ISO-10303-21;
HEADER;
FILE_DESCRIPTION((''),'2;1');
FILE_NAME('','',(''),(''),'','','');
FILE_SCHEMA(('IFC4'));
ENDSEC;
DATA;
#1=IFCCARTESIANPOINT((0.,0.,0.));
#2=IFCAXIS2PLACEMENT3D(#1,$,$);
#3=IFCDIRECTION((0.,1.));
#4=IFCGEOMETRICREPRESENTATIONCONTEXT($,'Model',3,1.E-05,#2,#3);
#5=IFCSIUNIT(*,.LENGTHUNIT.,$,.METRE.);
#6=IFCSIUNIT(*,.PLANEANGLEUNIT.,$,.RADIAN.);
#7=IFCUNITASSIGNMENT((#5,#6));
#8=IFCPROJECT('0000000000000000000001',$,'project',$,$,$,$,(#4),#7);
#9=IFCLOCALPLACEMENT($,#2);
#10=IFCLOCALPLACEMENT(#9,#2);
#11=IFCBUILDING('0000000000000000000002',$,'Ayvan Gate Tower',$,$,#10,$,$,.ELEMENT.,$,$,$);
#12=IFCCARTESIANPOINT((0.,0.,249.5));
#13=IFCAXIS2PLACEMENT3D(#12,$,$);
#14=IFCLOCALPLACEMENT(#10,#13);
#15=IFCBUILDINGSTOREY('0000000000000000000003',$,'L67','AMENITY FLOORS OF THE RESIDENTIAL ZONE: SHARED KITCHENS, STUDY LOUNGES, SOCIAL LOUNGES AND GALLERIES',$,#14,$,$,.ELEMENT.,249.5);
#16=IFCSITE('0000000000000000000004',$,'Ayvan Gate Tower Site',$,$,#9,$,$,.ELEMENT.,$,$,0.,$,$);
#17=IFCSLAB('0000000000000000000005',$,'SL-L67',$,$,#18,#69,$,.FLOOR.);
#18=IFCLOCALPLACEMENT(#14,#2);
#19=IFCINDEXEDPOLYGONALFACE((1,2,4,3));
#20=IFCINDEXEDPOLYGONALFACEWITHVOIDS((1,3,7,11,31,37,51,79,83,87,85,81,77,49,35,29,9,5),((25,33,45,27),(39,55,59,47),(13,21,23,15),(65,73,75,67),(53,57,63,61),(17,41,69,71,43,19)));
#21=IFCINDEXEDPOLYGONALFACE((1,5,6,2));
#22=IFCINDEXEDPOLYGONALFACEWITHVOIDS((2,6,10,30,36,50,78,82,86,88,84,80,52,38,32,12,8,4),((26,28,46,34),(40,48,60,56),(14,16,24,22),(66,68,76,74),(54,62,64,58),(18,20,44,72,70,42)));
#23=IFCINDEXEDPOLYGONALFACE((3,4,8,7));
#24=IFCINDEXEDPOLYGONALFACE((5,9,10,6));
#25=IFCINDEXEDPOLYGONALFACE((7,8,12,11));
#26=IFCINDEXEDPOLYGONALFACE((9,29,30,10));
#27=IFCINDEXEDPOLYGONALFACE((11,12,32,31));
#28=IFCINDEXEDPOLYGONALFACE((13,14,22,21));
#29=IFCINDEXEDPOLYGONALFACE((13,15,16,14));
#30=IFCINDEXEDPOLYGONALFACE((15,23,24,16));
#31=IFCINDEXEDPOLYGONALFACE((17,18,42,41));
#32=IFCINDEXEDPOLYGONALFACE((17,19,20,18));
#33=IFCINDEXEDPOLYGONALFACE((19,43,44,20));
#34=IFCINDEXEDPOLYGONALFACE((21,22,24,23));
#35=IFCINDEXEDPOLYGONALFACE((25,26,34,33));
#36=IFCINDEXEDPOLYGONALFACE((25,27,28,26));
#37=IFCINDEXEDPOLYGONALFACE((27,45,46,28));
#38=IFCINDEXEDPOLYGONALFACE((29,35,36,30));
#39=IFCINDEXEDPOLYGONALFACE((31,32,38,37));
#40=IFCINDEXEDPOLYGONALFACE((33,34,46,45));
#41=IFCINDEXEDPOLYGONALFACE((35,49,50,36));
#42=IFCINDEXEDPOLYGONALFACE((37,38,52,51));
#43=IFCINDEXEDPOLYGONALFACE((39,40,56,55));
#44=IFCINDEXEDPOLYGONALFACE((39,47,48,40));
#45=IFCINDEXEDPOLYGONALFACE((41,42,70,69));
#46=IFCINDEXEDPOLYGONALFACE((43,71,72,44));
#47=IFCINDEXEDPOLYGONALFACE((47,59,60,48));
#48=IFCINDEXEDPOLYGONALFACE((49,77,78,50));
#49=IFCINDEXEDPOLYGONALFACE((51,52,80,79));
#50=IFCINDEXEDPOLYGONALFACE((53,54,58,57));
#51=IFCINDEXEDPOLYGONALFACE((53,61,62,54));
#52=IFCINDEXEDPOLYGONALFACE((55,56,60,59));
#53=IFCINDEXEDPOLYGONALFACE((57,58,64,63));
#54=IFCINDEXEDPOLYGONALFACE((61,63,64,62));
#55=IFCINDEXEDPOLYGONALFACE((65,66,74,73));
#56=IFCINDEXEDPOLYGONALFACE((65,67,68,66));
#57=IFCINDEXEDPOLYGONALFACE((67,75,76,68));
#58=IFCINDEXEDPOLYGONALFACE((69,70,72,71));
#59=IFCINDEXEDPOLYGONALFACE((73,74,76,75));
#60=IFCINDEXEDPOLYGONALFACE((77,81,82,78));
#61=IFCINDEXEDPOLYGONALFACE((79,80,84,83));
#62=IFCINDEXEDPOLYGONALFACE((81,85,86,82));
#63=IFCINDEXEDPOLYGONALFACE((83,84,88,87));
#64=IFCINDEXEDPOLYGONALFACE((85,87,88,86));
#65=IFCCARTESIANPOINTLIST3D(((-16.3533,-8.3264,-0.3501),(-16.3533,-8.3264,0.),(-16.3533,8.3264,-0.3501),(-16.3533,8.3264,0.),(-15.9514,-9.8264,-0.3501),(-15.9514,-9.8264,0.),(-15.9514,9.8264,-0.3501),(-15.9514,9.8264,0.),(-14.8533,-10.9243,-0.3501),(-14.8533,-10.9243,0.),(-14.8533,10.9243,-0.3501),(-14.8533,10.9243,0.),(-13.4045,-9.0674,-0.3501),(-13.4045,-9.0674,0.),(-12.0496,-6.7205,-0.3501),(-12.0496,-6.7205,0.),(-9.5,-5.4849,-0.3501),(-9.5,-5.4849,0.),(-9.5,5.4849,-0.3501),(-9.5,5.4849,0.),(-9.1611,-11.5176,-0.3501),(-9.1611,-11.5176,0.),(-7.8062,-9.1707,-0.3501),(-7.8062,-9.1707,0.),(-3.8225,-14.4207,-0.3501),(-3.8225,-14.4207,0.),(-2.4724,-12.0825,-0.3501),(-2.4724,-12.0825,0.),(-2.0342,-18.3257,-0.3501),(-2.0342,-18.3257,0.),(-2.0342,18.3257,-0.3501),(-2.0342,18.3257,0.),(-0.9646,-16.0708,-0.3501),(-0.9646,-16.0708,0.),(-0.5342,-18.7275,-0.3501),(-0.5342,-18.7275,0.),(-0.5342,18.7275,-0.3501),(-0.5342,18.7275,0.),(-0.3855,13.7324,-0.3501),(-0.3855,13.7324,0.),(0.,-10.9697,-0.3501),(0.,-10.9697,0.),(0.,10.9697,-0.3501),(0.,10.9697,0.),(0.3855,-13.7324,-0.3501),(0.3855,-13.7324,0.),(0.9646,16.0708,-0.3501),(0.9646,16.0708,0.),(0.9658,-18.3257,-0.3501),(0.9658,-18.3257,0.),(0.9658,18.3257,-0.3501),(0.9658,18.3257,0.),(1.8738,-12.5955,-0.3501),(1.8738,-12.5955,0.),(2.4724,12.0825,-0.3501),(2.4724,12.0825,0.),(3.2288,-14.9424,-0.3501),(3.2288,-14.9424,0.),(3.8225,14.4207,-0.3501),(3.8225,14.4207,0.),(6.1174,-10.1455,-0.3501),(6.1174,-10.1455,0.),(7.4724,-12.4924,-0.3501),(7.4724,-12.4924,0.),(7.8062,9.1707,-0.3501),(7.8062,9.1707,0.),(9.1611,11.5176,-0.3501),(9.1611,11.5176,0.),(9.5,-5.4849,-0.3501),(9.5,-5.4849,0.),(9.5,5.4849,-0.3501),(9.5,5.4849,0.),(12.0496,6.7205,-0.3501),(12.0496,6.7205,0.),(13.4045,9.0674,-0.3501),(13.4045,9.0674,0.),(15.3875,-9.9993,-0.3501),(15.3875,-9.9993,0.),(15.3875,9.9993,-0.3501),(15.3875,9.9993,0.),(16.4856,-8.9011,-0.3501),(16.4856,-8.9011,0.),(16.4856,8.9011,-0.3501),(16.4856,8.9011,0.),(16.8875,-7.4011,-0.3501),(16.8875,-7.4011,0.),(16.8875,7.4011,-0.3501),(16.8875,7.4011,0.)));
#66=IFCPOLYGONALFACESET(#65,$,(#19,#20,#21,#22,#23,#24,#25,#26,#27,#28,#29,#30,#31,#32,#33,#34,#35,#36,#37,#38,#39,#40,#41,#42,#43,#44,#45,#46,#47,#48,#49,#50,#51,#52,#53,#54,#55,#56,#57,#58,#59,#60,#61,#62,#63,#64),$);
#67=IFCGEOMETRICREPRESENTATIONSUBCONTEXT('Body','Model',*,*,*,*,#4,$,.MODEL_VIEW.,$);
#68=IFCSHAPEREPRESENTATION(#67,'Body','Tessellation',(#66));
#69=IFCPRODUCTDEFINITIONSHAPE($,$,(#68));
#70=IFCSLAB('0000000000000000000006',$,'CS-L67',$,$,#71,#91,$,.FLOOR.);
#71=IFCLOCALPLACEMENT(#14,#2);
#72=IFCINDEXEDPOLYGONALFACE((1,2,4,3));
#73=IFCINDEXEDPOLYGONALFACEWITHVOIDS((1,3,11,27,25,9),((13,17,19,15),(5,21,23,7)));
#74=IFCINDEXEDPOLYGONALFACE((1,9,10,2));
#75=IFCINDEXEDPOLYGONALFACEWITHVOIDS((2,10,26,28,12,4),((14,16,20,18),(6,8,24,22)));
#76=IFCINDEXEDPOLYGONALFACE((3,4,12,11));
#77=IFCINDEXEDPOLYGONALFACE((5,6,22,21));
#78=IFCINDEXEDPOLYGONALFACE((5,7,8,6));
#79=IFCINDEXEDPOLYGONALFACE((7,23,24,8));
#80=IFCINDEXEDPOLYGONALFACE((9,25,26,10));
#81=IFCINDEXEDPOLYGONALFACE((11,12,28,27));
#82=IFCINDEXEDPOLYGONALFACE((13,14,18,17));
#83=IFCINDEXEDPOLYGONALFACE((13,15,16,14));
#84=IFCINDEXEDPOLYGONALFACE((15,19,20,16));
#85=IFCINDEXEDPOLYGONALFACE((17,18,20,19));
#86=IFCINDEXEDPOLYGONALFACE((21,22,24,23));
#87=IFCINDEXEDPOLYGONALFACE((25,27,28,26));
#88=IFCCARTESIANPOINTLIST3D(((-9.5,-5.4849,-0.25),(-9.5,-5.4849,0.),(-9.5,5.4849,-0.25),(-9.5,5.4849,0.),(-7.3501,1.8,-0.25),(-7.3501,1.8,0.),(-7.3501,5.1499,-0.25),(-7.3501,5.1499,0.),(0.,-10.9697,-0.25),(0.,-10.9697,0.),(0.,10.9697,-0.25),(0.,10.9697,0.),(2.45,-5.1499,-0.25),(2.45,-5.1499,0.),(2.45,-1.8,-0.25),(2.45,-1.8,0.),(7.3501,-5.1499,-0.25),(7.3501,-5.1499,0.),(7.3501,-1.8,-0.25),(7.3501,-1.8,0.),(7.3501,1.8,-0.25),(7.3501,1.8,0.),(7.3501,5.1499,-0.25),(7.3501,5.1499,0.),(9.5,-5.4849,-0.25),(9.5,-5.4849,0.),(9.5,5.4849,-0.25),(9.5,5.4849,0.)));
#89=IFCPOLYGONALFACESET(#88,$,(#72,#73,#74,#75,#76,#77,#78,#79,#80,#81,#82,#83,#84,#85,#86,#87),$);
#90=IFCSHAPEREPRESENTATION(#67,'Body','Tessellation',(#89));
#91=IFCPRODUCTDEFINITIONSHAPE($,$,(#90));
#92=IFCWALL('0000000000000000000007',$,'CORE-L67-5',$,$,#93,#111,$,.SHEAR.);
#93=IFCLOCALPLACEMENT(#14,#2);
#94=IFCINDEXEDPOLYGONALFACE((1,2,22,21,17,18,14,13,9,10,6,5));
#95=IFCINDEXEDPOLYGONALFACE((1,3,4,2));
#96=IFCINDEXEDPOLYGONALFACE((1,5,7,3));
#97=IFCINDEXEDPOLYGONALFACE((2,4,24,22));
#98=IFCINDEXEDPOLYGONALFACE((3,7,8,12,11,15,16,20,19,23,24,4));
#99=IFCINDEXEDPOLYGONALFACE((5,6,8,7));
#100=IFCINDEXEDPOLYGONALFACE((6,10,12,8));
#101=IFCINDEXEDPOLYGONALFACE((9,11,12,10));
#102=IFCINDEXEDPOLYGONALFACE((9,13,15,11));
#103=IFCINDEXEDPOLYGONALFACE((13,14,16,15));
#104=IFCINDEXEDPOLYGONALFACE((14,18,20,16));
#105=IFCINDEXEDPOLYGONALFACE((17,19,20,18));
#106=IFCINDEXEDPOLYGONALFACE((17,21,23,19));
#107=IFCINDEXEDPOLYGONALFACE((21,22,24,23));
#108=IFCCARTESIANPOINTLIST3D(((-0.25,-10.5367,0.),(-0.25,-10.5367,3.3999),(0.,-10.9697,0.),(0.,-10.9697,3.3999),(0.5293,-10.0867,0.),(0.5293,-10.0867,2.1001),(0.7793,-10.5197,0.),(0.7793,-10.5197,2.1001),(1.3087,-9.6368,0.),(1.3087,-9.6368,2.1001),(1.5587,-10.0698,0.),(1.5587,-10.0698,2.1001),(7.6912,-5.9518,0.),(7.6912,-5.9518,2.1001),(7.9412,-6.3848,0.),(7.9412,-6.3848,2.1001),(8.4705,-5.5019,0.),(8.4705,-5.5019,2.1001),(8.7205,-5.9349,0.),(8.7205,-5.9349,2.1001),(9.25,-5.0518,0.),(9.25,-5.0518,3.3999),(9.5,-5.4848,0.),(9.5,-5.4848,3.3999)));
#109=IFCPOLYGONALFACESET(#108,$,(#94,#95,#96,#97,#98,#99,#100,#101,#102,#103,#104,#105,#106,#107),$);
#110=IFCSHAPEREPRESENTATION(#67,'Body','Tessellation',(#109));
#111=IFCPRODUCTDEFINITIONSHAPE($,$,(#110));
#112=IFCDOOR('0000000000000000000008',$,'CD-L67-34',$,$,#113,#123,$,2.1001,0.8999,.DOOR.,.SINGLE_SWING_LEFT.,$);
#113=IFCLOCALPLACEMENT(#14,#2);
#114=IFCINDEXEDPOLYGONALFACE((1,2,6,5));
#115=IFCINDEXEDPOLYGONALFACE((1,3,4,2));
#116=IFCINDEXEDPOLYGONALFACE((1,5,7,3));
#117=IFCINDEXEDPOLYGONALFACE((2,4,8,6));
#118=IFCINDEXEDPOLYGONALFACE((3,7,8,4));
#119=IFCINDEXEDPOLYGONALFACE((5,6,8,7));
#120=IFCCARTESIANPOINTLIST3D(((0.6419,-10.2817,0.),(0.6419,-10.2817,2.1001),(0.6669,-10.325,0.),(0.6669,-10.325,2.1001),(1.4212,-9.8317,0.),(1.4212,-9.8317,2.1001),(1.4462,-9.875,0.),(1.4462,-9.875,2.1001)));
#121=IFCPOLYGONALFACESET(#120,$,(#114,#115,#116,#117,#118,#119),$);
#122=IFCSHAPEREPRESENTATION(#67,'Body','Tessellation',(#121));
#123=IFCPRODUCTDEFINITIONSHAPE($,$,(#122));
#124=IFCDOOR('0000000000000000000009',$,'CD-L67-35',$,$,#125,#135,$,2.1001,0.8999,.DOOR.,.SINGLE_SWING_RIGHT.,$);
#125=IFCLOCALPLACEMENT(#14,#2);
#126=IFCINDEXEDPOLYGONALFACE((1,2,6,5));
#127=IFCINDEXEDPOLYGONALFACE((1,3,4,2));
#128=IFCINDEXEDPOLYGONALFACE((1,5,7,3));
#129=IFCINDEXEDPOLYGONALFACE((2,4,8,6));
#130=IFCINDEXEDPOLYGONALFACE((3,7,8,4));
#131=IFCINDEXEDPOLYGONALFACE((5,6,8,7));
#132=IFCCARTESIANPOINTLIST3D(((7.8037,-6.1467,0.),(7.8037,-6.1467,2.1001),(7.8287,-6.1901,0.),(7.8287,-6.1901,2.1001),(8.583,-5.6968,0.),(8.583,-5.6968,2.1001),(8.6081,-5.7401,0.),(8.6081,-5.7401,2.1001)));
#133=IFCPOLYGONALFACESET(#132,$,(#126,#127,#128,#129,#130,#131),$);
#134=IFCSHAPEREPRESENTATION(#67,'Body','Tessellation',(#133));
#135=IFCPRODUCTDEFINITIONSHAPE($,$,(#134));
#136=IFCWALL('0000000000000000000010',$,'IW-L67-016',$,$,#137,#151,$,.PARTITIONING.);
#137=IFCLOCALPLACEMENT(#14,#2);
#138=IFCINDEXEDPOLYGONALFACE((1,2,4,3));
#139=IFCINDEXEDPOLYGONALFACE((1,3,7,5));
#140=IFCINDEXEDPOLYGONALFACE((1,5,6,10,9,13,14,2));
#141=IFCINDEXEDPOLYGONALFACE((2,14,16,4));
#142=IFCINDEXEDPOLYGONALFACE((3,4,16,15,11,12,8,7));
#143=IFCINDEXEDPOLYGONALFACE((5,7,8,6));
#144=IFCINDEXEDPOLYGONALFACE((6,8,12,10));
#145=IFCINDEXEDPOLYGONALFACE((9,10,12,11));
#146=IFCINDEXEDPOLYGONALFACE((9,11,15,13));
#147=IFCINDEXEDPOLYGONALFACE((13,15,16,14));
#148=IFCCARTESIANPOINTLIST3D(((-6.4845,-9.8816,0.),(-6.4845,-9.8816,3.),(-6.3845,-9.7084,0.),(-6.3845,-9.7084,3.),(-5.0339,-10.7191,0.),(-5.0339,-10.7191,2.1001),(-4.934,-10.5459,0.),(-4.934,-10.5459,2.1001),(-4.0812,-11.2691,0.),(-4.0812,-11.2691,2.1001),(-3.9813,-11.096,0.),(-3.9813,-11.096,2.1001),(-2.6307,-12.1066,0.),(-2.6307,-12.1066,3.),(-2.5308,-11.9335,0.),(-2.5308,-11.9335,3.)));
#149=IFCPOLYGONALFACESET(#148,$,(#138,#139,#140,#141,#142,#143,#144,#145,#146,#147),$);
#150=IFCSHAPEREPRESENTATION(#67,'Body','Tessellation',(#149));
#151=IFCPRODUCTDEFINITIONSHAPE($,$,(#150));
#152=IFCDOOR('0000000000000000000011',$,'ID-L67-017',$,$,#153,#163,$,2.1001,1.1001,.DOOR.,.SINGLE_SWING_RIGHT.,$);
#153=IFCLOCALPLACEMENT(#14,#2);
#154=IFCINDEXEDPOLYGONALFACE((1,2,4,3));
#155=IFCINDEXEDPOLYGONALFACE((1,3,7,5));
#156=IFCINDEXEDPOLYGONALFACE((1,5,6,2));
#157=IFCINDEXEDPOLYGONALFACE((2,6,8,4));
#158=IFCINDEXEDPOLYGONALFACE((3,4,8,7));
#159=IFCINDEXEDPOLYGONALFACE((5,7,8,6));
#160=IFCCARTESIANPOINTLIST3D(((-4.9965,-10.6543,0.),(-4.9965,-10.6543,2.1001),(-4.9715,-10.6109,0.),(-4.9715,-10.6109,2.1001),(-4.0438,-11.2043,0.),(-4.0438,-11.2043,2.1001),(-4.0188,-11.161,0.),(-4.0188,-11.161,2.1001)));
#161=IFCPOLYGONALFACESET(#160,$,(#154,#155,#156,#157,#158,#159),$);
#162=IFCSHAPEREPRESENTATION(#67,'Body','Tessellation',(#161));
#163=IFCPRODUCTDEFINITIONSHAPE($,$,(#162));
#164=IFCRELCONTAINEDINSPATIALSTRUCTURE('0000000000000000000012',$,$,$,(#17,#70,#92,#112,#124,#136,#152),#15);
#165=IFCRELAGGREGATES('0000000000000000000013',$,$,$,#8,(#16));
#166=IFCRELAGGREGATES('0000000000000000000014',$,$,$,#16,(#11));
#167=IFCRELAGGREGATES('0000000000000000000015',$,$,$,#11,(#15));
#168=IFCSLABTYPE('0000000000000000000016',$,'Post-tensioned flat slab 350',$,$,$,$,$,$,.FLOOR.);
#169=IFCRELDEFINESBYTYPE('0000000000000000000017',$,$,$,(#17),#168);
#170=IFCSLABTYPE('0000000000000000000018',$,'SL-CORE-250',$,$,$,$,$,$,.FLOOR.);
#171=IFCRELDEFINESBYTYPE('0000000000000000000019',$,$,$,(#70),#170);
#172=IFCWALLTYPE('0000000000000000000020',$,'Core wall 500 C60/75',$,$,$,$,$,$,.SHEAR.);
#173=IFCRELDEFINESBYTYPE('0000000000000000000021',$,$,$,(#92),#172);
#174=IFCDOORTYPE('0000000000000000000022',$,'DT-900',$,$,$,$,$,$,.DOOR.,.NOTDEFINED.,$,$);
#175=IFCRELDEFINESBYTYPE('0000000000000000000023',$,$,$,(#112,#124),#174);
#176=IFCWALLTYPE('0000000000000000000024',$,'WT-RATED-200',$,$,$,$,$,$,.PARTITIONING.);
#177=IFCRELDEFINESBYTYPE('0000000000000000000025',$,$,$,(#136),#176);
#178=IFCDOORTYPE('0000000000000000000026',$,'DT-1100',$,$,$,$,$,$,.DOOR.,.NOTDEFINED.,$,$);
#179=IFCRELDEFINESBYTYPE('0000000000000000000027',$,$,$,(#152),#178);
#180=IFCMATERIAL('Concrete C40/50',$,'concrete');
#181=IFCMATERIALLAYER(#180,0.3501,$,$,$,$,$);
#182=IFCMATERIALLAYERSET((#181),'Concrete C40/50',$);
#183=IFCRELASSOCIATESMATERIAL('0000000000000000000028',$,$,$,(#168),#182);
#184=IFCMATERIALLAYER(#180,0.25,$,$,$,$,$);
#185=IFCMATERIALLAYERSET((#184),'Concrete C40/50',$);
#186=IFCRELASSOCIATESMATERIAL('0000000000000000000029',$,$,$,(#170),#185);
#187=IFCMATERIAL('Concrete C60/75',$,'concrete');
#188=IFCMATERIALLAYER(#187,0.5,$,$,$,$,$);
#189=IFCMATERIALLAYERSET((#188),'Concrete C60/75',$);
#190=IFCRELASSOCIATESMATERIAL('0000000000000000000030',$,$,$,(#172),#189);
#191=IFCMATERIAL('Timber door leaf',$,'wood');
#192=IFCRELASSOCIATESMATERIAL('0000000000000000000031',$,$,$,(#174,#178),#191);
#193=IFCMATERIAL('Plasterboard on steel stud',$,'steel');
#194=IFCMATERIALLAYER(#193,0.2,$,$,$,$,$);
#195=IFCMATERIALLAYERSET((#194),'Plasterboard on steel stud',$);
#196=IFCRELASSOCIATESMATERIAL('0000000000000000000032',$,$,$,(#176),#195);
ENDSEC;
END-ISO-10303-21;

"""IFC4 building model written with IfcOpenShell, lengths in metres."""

from ifc_helpers import new_model, si_unit, direction, frame, frame_2d, origin, place, context, subcontext, project, spatial, polyline, rectangle, outline, extrude, material, layer, layer_set, type_object, element, fill, save


model = new_model("IFC4")

# Units and contexts
model_context = context("Model", 3, precision=1e-05, world=origin(), true_north=direction((0.0, 1.0)))
body_context = subcontext(model_context, "Body", "Model", "MODEL_VIEW")
ifc_project = project(units=[si_unit("LENGTHUNIT", "METRE"), si_unit("PLANEANGLEUNIT", "RADIAN")], contexts=[model_context])

# Site, building, storey
site_placement = place(None, origin())
site = spatial("IfcSite", under=ifc_project, at=site_placement, Name="Ayvan Gate Tower Site", CompositionType="ELEMENT", RefElevation=0.0)
building_placement = place(site_placement, origin())
building = spatial("IfcBuilding", under=site, at=building_placement, Name="Ayvan Gate Tower", CompositionType="ELEMENT")
storey_placement = place(building_placement, frame((0.0, 0.0, 249.5)))
storey = spatial("IfcBuildingStorey", under=building, at=storey_placement, Name="L67", Description="AMENITY FLOORS OF THE RESIDENTIAL ZONE: SHARED KITCHENS, STUDY LOUNGES, SOCIAL LOUNGES AND GALLERIES", CompositionType="ELEMENT", Elevation=249.5)

# Slabs
ifc_material_1 = material(Name="Concrete C40/50", Category="concrete")
ifc_layer_1 = layer(ifc_material_1, 0.3501)
ifc_layer_set_1 = layer_set([ifc_layer_1], Name="Concrete C40/50")
slab_type_1 = type_object("IfcSlabType", Name="Post-tensioned flat slab 350", PredefinedType="FLOOR", material=ifc_layer_set_1)
slab_1_placement = place(storey_placement, frame((0.0, 0.0, -0.3501)))
element("IfcSlab", 1, at=slab_1_placement, inside=storey, type_object=slab_type_1, Name="SL-L67", PredefinedType="FLOOR", context=body_context, shape_type="SweptSolid", body=[
    extrude(outline(polyline([(0.9658, -18.3257), (-0.5342, -18.7275), (-2.0342, -18.3257), (-14.8533, -10.9243), (-15.9514, -9.8264), (-16.3533, -8.3264), (-16.3533, 8.3264), (-15.9514, 9.8264), (-14.8533, 10.9243), (-2.0342, 18.3257), (-0.5342, 18.7275), (0.9658, 18.3257), (15.3875, 9.9993), (16.4856, 8.9011), (16.8875, 7.4011), (16.8875, -7.4011), (16.4856, -8.9011), (15.3875, -9.9993), (0.9658, -18.3257)]), holes=[polyline([(12.0496, 6.7205), (13.4045, 9.0674), (9.1611, 11.5176), (7.8062, 9.1707), (12.0496, 6.7205)]), polyline([(9.5, 5.4849), (0.0, 10.9697), (-9.5, 5.4849), (-9.5, -5.4849), (0.0, -10.9697), (9.5, -5.4849), (9.5, 5.4849)]), polyline([(1.8738, -12.5955), (3.2288, -14.9424), (7.4724, -12.4924), (6.1174, -10.1455), (1.8738, -12.5955)]), polyline([(3.8225, 14.4207), (0.9646, 16.0708), (-0.3855, 13.7324), (2.4724, 12.0825), (3.8225, 14.4207)]), polyline([(0.3855, -13.7324), (-2.4724, -12.0825), (-3.8225, -14.4207), (-0.9646, -16.0708), (0.3855, -13.7324)]), polyline([(-9.1611, -11.5176), (-7.8062, -9.1707), (-12.0496, -6.7205), (-13.4045, -9.0674), (-9.1611, -11.5176)])]), origin(), (0.0, 0.0, 1.0), 0.3501),
])
ifc_layer_2 = layer(ifc_material_1, 0.25)
ifc_layer_set_2 = layer_set([ifc_layer_2], Name="Concrete C40/50")
slab_type_2 = type_object("IfcSlabType", Name="SL-CORE-250", PredefinedType="FLOOR", material=ifc_layer_set_2)
slab_2_placement = place(storey_placement, frame((0.0, 0.0, -0.25)))
element("IfcSlab", 2, at=slab_2_placement, inside=storey, type_object=slab_type_2, Name="CS-L67", PredefinedType="FLOOR", context=body_context, shape_type="SweptSolid", body=[
    extrude(outline(polyline([(9.5, -5.4849), (0.0, -10.9697), (-9.5, -5.4849), (-9.5, 5.4849), (0.0, 10.9697), (9.5, 5.4849), (9.5, -5.4849)]), holes=[polyline([(-7.3501, 5.1499), (-7.3501, 1.8), (7.3501, 1.8), (7.3501, 5.1499), (-7.3501, 5.1499)]), polyline([(2.45, -1.8), (2.45, -5.1499), (7.3501, -5.1499), (7.3501, -1.8), (2.45, -1.8)])]), origin(), (0.0, 0.0, 1.0), 0.25),
])

# Wall, openings, doors
ifc_material_2 = material(Name="Concrete C60/75", Category="concrete")
ifc_layer_3 = layer(ifc_material_2, 0.5)
ifc_layer_set_3 = layer_set([ifc_layer_3], Name="Concrete C60/75")
wall_type_1 = type_object("IfcWallType", Name="Core wall 500 C60/75", PredefinedType="SHEAR", material=ifc_layer_set_3)
wall_1_placement = place(storey_placement, frame((-0.125, -10.7532, 0.0), z_axis=(0.0, 0.0, 1.0), x_axis=(0.866024, 0.500002, 0.0)))
wall_1 = element("IfcWall", 3, at=wall_1_placement, inside=storey, type_object=wall_type_1, Name="CORE-L67-5", PredefinedType="SHEAR", context=body_context, shape_type="SweptSolid", body=[
    extrude(rectangle(XDim=10.9697, YDim=0.5, at=frame_2d((5.4849, 0.0))), origin(), (0.0, 0.0, 1.0), 3.3999),
])
opening_1_placement = place(wall_1_placement, frame((0.8999, 0.0, 0.0)))
opening_1 = element("IfcOpeningElement", 4, at=opening_1_placement, cuts=wall_1, PredefinedType="OPENING", context=body_context, shape_type="SweptSolid", body=[
    extrude(rectangle(XDim=0.8999, YDim=2.1001, at=frame_2d((0.45, 1.05))), frame((0.0, 0.26, 0.0), z_axis=(0.0, -1.0, 0.0), x_axis=(1.0, 0.0, 0.0)), (0.0, 0.0, 1.0), 0.52),
])
opening_2_placement = place(wall_1_placement, frame((9.1697, 0.0, 0.0)))
opening_2 = element("IfcOpeningElement", 5, at=opening_2_placement, cuts=wall_1, PredefinedType="OPENING", context=body_context, shape_type="SweptSolid", body=[
    extrude(rectangle(XDim=0.8999, YDim=2.1001, at=frame_2d((0.45, 1.05))), frame((0.0, 0.26, 0.0), z_axis=(0.0, -1.0, 0.0), x_axis=(1.0, 0.0, 0.0)), (0.0, 0.0, 1.0), 0.52),
])
ifc_material_3 = material(Name="Timber door leaf", Category="wood")
door_type_1 = type_object("IfcDoorType", Name="DT-900", OperationType="NOTDEFINED", PredefinedType="DOOR", material=ifc_material_3)
door_1_placement = place(opening_1_placement, origin())
door_1 = element("IfcDoor", 6, at=door_1_placement, inside=storey, type_object=door_type_1, Name="CD-L67-34", OperationType="SINGLE_SWING_LEFT", OverallHeight=2.1001, OverallWidth=0.8999, PredefinedType="DOOR", context=body_context, shape_type="SweptSolid", body=[
    extrude(rectangle(XDim=0.8999, YDim=2.1001, at=frame_2d((0.45, 1.05))), frame((0.0, 0.0249, 0.0), z_axis=(0.0, -1.0, 0.0), x_axis=(1.0, 0.0, 0.0)), (0.0, 0.0, 1.0), 0.05),
])
fill(opening_1, door_1)
door_2_placement = place(opening_2_placement, origin())
door_2 = element("IfcDoor", 7, at=door_2_placement, inside=storey, type_object=door_type_1, Name="CD-L67-35", OperationType="SINGLE_SWING_RIGHT", OverallHeight=2.1001, OverallWidth=0.8999, PredefinedType="DOOR", context=body_context, shape_type="SweptSolid", body=[
    extrude(rectangle(XDim=0.8999, YDim=2.1001, at=frame_2d((0.45, 1.05))), frame((0.0, 0.0249, 0.0), z_axis=(0.0, -1.0, 0.0), x_axis=(1.0, 0.0, 0.0)), (0.0, 0.0, 1.0), 0.05),
])
fill(opening_2, door_2)

# Wall, opening, door
ifc_material_4 = material(Name="Plasterboard on steel stud", Category="steel")
ifc_layer_4 = layer(ifc_material_4, 0.2)
ifc_layer_set_4 = layer_set([ifc_layer_4], Name="Plasterboard on steel stud")
wall_type_2 = type_object("IfcWallType", Name="WT-RATED-200", PredefinedType="PARTITIONING", material=ifc_layer_set_4)
wall_2_placement = place(storey_placement, frame((-6.4346, -9.7949, 0.0), z_axis=(0.0, 0.0, 1.0), x_axis=(0.866013, -0.500022, 0.0)))
wall_2 = element("IfcWall", 8, at=wall_2_placement, inside=storey, type_object=wall_type_2, Name="IW-L67-016", PredefinedType="PARTITIONING", context=body_context, shape_type="SweptSolid", body=[
    extrude(rectangle(XDim=4.45, YDim=0.2, at=frame_2d((2.2251, 0.0))), origin(), (0.0, 0.0, 1.0), 3.0),
])
opening_3_placement = place(wall_2_placement, frame((1.675, 0.0, 0.0)))
opening_3 = element("IfcOpeningElement", 9, at=opening_3_placement, cuts=wall_2, PredefinedType="OPENING", context=body_context, shape_type="SweptSolid", body=[
    extrude(rectangle(XDim=1.1001, YDim=2.1001, at=frame_2d((0.55, 1.05))), frame((0.0, 0.1099, 0.0), z_axis=(0.0, -1.0, 0.0), x_axis=(1.0, 0.0, 0.0)), (0.0, 0.0, 1.0), 0.22),
])
door_type_2 = type_object("IfcDoorType", Name="DT-1100", OperationType="NOTDEFINED", PredefinedType="DOOR", material=ifc_material_3)
door_3_placement = place(opening_3_placement, origin())
door_3 = element("IfcDoor", 10, at=door_3_placement, inside=storey, type_object=door_type_2, Name="ID-L67-017", OperationType="SINGLE_SWING_RIGHT", OverallHeight=2.1001, OverallWidth=1.1001, PredefinedType="DOOR", context=body_context, shape_type="SweptSolid", body=[
    extrude(rectangle(XDim=1.1001, YDim=2.1001, at=frame_2d((0.55, 1.05))), frame((0.0, 0.0249, 0.0), z_axis=(0.0, -1.0, 0.0), x_axis=(1.0, 0.0, 0.0)), (0.0, 0.0, 1.0), 0.05),
])
fill(opening_3, door_3)

save(model, "model.ifc")
